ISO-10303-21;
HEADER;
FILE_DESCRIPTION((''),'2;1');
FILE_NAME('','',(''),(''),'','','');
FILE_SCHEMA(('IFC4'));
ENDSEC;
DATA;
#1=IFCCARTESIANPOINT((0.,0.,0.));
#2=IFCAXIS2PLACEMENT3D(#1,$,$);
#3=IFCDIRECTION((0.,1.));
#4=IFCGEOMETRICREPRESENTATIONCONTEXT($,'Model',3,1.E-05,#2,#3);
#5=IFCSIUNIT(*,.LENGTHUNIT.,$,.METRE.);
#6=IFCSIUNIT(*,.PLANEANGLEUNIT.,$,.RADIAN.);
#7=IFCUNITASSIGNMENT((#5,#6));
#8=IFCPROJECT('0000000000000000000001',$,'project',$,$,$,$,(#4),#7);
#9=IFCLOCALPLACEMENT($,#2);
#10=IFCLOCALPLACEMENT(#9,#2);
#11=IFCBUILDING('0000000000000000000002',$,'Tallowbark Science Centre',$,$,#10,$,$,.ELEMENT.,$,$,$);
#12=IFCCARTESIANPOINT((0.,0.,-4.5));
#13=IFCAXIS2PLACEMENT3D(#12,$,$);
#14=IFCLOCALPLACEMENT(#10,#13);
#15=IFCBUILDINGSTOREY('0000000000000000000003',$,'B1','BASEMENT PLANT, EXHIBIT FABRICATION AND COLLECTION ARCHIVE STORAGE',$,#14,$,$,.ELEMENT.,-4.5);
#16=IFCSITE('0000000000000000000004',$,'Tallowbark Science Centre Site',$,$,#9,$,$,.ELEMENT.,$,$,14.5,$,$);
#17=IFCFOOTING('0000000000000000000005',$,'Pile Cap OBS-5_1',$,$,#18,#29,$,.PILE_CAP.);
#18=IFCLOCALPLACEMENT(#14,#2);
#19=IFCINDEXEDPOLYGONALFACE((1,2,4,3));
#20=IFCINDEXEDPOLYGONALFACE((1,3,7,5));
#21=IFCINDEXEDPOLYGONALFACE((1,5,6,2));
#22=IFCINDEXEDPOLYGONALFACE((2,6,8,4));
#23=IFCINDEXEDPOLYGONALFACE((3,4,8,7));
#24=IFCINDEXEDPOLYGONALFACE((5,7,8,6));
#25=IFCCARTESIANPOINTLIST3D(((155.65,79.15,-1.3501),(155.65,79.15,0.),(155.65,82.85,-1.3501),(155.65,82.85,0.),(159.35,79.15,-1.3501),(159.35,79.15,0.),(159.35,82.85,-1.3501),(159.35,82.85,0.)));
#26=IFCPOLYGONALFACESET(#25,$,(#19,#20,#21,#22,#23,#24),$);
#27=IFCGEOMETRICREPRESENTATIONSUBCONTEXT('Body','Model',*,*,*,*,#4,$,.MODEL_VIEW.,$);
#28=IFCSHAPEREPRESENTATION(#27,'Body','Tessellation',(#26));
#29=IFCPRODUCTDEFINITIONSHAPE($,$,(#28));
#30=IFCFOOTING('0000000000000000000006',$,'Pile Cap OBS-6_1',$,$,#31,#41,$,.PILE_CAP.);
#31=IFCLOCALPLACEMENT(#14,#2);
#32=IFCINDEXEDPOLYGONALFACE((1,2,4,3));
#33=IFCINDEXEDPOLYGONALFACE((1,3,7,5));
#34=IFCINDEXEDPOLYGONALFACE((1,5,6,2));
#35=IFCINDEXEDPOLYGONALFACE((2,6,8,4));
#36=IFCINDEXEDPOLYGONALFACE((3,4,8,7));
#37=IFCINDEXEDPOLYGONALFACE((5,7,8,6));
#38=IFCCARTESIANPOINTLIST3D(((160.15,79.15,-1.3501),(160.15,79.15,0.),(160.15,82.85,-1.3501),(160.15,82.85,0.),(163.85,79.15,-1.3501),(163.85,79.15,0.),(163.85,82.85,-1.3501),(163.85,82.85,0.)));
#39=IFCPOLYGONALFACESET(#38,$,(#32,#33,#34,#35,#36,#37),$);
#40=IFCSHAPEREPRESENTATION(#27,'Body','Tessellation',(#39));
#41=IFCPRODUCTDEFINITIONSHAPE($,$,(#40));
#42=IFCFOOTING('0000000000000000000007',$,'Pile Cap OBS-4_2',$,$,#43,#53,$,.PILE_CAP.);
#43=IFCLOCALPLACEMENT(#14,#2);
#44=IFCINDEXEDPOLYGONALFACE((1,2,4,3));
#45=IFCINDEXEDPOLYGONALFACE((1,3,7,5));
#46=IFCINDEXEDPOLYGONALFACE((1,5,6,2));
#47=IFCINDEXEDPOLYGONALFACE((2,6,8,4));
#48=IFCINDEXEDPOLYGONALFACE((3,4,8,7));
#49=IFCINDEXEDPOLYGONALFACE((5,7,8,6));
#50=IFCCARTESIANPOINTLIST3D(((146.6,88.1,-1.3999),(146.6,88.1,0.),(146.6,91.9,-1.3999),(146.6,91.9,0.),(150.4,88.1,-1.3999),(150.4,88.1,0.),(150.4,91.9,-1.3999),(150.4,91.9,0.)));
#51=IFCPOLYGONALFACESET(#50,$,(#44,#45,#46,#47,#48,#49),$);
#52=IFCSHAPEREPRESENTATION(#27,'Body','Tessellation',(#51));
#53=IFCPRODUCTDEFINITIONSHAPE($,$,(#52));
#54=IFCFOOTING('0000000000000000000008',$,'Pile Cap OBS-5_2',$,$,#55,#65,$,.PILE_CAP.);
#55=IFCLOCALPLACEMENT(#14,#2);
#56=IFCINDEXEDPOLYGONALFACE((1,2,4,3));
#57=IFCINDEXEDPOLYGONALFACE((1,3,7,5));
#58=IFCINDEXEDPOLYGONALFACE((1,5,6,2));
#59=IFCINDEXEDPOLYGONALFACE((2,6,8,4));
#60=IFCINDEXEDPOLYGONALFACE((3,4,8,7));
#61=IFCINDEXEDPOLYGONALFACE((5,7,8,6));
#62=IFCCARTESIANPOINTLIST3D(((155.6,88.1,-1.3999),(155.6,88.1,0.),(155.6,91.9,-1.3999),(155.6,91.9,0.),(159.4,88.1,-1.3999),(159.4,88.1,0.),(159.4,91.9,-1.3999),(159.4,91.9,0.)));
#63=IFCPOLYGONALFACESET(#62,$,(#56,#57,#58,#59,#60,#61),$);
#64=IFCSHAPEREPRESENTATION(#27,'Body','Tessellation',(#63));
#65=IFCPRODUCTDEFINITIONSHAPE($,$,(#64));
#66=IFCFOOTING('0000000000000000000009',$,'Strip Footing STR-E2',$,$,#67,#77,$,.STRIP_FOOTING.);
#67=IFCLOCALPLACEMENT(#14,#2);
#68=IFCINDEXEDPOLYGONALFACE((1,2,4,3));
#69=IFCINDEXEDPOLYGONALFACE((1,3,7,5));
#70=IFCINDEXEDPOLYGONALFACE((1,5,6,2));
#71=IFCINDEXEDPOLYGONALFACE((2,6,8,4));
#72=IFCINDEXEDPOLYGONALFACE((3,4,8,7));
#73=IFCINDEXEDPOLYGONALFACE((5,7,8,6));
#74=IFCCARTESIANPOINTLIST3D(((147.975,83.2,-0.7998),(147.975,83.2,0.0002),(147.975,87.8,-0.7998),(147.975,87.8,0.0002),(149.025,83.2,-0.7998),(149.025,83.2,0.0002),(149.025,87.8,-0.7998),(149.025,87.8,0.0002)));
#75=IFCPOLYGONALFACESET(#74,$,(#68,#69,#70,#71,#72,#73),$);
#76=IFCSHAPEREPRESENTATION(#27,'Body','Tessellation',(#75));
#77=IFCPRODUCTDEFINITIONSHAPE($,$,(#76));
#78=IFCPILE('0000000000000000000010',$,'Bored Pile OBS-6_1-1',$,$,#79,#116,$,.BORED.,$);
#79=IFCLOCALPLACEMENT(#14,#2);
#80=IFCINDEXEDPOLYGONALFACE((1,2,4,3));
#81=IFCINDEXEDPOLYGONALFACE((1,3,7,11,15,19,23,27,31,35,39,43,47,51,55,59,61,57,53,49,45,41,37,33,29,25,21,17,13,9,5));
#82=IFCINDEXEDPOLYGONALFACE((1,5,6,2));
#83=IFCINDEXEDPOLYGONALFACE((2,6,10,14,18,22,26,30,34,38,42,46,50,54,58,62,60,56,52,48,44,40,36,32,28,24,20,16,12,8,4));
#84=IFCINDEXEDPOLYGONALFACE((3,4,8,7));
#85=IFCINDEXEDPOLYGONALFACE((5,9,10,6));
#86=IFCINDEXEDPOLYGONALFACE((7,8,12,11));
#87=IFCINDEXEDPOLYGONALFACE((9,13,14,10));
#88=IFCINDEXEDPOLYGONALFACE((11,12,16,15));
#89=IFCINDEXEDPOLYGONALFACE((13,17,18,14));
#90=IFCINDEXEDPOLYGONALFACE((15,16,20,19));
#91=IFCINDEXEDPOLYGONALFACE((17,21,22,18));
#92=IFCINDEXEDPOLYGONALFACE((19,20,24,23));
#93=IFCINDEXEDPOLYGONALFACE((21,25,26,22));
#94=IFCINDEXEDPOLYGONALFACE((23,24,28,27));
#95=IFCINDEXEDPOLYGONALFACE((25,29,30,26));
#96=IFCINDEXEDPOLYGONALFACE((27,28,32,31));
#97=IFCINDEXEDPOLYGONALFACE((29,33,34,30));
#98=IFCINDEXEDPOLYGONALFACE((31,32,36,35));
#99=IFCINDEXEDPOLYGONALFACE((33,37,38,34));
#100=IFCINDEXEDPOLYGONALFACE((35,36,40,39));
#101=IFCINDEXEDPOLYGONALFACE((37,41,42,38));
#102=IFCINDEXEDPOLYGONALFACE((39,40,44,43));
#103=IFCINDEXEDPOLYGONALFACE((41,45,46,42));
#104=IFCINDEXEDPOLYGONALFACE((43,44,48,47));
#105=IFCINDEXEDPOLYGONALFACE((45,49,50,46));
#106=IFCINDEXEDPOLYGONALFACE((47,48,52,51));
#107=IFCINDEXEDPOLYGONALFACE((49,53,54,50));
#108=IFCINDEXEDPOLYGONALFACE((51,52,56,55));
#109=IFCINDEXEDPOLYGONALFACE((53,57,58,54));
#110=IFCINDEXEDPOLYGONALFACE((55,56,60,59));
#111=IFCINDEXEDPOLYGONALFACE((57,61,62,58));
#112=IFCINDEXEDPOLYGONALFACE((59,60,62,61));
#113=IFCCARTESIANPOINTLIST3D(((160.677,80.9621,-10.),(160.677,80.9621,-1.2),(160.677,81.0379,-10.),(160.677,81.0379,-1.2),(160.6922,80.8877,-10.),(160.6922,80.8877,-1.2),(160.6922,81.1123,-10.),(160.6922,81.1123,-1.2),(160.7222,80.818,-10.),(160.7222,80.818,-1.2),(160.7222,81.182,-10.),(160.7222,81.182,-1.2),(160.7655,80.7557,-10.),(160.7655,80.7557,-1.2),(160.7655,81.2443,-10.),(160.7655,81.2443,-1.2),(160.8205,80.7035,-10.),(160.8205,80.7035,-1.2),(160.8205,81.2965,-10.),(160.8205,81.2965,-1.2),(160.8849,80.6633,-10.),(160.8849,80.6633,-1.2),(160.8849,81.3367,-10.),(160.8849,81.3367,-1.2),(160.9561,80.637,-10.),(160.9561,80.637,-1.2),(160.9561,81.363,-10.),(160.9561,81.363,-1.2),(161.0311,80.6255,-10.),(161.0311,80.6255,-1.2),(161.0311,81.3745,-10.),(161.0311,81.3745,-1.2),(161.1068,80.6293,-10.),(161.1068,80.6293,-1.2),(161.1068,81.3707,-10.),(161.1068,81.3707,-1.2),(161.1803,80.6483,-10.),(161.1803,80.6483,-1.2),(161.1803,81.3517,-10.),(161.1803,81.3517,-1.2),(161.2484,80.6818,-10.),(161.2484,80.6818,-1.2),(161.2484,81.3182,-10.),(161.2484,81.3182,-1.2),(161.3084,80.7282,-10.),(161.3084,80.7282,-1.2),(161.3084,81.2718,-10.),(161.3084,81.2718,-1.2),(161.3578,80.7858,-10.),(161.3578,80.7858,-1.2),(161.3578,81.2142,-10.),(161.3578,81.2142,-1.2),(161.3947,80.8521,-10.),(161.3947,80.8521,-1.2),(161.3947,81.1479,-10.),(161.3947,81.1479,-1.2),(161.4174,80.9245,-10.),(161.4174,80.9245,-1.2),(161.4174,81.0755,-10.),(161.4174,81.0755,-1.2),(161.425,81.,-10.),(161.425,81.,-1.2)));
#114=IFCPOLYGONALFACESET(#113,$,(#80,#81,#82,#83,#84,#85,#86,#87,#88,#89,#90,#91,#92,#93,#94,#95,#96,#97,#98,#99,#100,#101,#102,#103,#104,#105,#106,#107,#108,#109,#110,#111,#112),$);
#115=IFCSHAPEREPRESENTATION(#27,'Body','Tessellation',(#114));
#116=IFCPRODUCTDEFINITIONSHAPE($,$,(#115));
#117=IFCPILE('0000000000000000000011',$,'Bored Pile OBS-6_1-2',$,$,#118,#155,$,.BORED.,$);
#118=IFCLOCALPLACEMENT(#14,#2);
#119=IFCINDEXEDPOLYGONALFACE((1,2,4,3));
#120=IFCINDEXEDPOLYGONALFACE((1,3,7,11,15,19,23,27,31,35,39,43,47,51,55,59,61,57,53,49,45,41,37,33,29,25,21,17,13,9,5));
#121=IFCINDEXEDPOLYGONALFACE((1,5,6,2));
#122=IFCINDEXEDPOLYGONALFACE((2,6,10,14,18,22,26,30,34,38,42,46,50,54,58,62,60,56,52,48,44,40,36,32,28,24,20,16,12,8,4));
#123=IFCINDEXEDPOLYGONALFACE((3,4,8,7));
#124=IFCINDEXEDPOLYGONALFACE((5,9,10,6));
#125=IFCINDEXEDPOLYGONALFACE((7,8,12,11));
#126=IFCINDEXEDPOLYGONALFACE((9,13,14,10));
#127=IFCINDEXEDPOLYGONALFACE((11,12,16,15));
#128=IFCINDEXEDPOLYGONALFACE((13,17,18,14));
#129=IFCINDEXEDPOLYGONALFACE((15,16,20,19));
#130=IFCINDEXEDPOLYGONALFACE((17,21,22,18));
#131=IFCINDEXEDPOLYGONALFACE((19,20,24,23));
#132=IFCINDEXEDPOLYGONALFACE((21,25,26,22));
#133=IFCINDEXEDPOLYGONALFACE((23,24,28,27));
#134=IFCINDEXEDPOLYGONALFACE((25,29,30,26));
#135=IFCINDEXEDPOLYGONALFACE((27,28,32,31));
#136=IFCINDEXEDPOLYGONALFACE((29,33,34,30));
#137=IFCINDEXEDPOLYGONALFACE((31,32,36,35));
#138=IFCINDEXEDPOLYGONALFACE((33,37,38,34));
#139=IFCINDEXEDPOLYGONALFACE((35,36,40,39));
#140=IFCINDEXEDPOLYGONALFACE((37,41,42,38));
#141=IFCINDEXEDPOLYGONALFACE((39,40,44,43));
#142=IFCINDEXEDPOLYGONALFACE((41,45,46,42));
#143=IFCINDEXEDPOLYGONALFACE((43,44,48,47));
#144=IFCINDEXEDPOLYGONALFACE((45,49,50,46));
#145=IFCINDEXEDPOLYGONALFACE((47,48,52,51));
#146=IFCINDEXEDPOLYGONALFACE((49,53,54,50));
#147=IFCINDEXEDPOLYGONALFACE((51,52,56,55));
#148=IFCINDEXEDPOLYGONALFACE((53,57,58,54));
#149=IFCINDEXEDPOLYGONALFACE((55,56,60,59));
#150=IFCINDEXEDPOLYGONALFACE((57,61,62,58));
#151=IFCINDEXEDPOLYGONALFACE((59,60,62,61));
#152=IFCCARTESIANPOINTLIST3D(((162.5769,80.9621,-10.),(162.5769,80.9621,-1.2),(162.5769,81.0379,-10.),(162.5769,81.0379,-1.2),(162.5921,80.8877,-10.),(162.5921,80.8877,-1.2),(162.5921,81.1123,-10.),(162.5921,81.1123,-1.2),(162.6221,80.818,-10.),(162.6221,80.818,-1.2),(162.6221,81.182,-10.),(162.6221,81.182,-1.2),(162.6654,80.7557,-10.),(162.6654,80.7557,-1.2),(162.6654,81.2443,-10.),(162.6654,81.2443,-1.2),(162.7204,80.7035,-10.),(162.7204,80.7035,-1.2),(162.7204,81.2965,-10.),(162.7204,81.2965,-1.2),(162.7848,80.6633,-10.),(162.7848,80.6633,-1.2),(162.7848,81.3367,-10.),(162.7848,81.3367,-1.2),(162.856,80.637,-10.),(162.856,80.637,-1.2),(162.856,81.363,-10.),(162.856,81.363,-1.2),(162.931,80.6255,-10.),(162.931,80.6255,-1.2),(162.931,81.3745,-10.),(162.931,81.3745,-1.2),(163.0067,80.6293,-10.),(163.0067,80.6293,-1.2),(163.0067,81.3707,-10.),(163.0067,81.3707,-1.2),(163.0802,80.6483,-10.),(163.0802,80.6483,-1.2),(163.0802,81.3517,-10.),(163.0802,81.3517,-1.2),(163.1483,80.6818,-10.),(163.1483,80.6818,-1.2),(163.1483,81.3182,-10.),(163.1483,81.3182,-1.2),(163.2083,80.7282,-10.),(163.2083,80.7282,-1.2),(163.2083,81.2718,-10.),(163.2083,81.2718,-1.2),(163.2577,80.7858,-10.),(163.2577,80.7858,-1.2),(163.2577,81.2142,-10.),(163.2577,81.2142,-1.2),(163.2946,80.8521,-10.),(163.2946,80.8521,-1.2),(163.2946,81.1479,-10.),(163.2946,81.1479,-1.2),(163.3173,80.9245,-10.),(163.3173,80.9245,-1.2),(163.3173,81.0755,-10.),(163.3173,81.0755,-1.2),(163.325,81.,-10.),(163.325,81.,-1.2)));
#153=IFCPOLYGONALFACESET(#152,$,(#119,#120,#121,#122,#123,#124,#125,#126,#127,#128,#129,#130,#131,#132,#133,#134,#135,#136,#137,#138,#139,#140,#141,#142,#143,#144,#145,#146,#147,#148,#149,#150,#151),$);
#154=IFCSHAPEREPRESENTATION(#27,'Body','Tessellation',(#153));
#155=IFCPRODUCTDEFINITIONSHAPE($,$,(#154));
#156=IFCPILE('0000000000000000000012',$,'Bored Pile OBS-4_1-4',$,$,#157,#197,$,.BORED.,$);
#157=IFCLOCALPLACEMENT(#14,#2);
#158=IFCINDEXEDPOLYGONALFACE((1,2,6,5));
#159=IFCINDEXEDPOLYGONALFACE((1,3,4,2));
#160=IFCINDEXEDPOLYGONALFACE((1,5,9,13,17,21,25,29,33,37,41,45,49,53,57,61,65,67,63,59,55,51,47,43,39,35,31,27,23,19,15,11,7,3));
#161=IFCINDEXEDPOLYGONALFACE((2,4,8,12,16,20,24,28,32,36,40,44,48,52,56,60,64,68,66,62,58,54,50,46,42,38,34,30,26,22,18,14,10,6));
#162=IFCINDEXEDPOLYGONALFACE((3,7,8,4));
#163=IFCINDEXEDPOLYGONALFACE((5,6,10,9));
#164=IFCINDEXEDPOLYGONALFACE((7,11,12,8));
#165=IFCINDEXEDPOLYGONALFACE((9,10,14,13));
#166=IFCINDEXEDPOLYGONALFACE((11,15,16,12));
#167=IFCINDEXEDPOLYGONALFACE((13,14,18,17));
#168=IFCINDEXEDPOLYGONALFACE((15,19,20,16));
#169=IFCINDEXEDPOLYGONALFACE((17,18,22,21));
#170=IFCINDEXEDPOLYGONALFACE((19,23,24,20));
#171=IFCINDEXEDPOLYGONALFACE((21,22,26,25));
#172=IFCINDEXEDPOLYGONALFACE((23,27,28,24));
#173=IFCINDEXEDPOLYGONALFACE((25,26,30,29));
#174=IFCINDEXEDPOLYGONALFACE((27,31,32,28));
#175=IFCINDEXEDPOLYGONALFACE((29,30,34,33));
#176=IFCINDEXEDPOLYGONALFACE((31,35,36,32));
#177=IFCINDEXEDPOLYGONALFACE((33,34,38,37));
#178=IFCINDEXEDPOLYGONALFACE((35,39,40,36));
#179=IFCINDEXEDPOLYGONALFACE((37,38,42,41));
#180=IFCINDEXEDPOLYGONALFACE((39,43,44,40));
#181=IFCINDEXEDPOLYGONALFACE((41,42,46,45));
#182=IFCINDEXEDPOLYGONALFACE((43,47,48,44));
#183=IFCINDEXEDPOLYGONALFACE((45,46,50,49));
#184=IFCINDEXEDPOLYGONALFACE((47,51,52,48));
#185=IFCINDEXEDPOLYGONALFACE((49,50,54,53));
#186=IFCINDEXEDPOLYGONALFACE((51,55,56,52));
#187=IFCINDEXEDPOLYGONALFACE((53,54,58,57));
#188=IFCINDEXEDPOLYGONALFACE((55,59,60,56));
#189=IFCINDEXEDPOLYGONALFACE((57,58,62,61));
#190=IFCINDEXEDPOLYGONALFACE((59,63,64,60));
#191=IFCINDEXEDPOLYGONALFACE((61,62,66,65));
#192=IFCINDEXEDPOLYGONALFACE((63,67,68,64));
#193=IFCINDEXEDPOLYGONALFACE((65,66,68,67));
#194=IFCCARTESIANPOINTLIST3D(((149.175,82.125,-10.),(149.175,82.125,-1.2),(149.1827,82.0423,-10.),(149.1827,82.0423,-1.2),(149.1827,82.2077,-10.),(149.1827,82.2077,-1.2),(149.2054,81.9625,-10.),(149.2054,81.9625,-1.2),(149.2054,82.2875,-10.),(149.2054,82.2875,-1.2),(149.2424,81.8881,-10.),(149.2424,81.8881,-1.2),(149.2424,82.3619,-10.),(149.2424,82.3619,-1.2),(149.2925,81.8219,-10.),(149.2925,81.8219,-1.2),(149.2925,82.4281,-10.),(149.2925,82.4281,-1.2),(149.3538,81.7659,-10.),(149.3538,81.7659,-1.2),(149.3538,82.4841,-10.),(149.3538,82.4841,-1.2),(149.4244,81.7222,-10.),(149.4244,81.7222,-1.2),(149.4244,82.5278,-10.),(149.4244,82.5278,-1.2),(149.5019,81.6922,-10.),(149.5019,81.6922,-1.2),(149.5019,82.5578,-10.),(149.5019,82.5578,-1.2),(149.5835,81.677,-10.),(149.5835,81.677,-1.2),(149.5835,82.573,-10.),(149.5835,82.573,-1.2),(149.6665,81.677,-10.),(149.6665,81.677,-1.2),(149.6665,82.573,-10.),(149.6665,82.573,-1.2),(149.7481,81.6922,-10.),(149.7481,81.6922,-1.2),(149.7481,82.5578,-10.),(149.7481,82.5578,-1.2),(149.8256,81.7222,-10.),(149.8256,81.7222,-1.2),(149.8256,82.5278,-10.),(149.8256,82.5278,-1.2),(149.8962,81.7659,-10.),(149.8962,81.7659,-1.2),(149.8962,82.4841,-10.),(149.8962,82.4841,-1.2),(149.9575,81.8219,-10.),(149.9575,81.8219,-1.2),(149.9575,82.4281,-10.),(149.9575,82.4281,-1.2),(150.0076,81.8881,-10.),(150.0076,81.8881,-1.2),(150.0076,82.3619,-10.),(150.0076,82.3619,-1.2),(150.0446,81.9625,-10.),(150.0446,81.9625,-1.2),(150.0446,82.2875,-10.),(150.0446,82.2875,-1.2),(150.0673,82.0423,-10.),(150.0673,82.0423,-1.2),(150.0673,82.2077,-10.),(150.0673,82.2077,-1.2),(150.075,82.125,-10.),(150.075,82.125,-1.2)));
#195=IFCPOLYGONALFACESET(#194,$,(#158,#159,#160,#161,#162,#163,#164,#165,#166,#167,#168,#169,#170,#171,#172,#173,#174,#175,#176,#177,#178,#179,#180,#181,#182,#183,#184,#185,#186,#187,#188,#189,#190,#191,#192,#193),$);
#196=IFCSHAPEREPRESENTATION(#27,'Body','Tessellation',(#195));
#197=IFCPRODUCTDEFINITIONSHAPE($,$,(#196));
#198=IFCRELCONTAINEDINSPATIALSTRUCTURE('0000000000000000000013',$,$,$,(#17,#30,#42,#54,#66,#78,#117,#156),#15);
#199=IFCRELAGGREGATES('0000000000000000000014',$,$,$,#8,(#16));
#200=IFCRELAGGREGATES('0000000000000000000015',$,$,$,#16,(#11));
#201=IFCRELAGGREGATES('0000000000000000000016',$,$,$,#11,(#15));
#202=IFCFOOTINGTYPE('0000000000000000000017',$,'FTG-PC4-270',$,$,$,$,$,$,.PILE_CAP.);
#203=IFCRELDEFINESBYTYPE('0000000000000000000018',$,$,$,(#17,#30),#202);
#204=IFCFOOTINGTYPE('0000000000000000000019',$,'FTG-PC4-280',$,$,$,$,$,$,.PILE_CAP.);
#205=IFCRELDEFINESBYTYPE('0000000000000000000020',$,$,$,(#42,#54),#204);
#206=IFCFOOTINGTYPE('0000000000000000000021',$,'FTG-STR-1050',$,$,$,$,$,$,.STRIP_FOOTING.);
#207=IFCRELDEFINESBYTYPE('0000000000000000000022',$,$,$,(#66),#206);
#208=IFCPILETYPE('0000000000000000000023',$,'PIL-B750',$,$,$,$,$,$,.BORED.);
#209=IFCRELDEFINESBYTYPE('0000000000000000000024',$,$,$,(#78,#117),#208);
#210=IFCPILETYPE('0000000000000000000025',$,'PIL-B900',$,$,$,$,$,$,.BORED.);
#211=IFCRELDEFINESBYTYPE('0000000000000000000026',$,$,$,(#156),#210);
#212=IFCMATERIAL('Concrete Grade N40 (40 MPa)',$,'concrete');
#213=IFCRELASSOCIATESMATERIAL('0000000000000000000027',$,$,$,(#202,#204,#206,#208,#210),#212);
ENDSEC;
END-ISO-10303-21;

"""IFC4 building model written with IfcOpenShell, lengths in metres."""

from ifc_helpers import new_model, si_unit, direction, frame, origin, origin_2d, place, context, subcontext, project, spatial, rectangle, circle, extrude, material, material_profile, profile_set, type_object, element, save


model = new_model("IFC4")

# Units and contexts
model_context = context("Model", 3, precision=1e-05, world=origin(), true_north=direction((0.0, 1.0)))
body_context = subcontext(model_context, "Body", "Model", "MODEL_VIEW")
ifc_project = project(units=[si_unit("LENGTHUNIT", "METRE"), si_unit("PLANEANGLEUNIT", "RADIAN")], contexts=[model_context])

# Site, building, storey
site_placement = place(None, origin())
site = spatial("IfcSite", under=ifc_project, at=site_placement, Name="Tallowbark Science Centre Site", CompositionType="ELEMENT", RefElevation=14.5)
building_placement = place(site_placement, origin())
building = spatial("IfcBuilding", under=site, at=building_placement, Name="Tallowbark Science Centre", CompositionType="ELEMENT")
storey_placement = place(building_placement, frame((0.0, 0.0, -4.5)))
storey = spatial("IfcBuildingStorey", under=building, at=storey_placement, Name="B1", Description="BASEMENT PLANT, EXHIBIT FABRICATION AND COLLECTION ARCHIVE STORAGE", CompositionType="ELEMENT", Elevation=-4.5)

# Footings
ifc_material_1 = material(Name="Concrete Grade N40 (40 MPa)", Category="concrete")
footing_type_1 = type_object("IfcFootingType", Name="FTG-PC4-270", PredefinedType="PILE_CAP", material=ifc_material_1)
for number, where, z_axis, x_axis, name in (
    (1, (157.5, 81.0, -1.3501), (0.0, 0.0, 1.0), (1.0, 0.0, 0.0), "Pile Cap OBS-5_1"),
    (2, (162.0, 81.0, -1.3501), (0.0, 0.0, 1.0), (1.0, 0.0, 0.0), "Pile Cap OBS-6_1"),
):
    element("IfcFooting", number, at=place(storey_placement, frame(where, z_axis=z_axis, x_axis=x_axis)), inside=storey, type_object=footing_type_1, Name=name, PredefinedType="PILE_CAP", context=body_context, shape_type="SweptSolid", body=[
        extrude(rectangle(XDim=3.7, YDim=3.7, at=origin_2d()), origin(), (0.0, 0.0, 1.0), 1.3501),
    ])
footing_type_2 = type_object("IfcFootingType", Name="FTG-PC4-280", PredefinedType="PILE_CAP", material=ifc_material_1)
for number, where, z_axis, x_axis, name in (
    (3, (148.5, 90.0, -1.3999), (0.0, 0.0, 1.0), (1.0, 0.0, 0.0), "Pile Cap OBS-4_2"),
    (4, (157.5, 90.0, -1.3999), (0.0, 0.0, 1.0), (1.0, 0.0, 0.0), "Pile Cap OBS-5_2"),
):
    element("IfcFooting", number, at=place(storey_placement, frame(where, z_axis=z_axis, x_axis=x_axis)), inside=storey, type_object=footing_type_2, Name=name, PredefinedType="PILE_CAP", context=body_context, shape_type="SweptSolid", body=[
        extrude(rectangle(XDim=3.8, YDim=3.8, at=origin_2d()), origin(), (0.0, 0.0, 1.0), 1.3999),
    ])
footing_type_3 = type_object("IfcFootingType", Name="FTG-STR-1050", PredefinedType="STRIP_FOOTING", material=ifc_material_1)
footing_placement = place(storey_placement, frame((148.5, 85.5, -0.7998), z_axis=(0.0, 0.0, 1.0), x_axis=(0.0, 1.0, 0.0)))
element("IfcFooting", 5, at=footing_placement, inside=storey, type_object=footing_type_3, Name="Strip Footing STR-E2", PredefinedType="STRIP_FOOTING", context=body_context, shape_type="SweptSolid", body=[
    extrude(rectangle(XDim=4.6001, YDim=1.05, at=origin_2d()), origin(), (0.0, 0.0, 1.0), 0.8),
])

# Piles
ifc_material_profile_1 = material_profile(ifc_material_1, circle(Radius=0.375, at=origin_2d()), Name="PILE750")
ifc_profile_set_1 = profile_set([ifc_material_profile_1], Name="Concrete Grade N40 (40 MPa)")
pile_type_1 = type_object("IfcPileType", Name="PIL-B750", PredefinedType="BORED", material=ifc_profile_set_1)
for number, where, z_axis, x_axis, name in (
    (6, (161.05, 81.0, -1.2), (0.0, 0.0, -1.0), (1.0, 0.0, 0.0), "Bored Pile OBS-6_1-1"),
    (7, (162.95, 81.0, -1.2), (0.0, 0.0, -1.0), (1.0, 0.0, 0.0), "Bored Pile OBS-6_1-2"),
):
    element("IfcPile", number, at=place(storey_placement, frame(where, z_axis=z_axis, x_axis=x_axis)), inside=storey, type_object=pile_type_1, Name=name, PredefinedType="BORED", context=body_context, shape_type="SweptSolid", body=[
        extrude(circle(Radius=0.375, at=origin_2d()), origin(), (0.0, 0.0, 1.0), 8.8),
    ])
ifc_material_profile_2 = material_profile(ifc_material_1, circle(Radius=0.45, at=origin_2d()), Name="PILE900")
ifc_profile_set_2 = profile_set([ifc_material_profile_2], Name="Concrete Grade N40 (40 MPa)")
pile_type_2 = type_object("IfcPileType", Name="PIL-B900", PredefinedType="BORED", material=ifc_profile_set_2)
pile_1_placement = place(storey_placement, frame((149.625, 82.125, -1.2), z_axis=(0.0, 0.0, -1.0), x_axis=(1.0, 0.0, 0.0)))
element("IfcPile", 8, at=pile_1_placement, inside=storey, type_object=pile_type_2, Name="Bored Pile OBS-4_1-4", PredefinedType="BORED", context=body_context, shape_type="SweptSolid", body=[
    extrude(circle(Radius=0.45, at=origin_2d()), origin(), (0.0, 0.0, 1.0), 8.8),
])

save(model, "model.ifc")
